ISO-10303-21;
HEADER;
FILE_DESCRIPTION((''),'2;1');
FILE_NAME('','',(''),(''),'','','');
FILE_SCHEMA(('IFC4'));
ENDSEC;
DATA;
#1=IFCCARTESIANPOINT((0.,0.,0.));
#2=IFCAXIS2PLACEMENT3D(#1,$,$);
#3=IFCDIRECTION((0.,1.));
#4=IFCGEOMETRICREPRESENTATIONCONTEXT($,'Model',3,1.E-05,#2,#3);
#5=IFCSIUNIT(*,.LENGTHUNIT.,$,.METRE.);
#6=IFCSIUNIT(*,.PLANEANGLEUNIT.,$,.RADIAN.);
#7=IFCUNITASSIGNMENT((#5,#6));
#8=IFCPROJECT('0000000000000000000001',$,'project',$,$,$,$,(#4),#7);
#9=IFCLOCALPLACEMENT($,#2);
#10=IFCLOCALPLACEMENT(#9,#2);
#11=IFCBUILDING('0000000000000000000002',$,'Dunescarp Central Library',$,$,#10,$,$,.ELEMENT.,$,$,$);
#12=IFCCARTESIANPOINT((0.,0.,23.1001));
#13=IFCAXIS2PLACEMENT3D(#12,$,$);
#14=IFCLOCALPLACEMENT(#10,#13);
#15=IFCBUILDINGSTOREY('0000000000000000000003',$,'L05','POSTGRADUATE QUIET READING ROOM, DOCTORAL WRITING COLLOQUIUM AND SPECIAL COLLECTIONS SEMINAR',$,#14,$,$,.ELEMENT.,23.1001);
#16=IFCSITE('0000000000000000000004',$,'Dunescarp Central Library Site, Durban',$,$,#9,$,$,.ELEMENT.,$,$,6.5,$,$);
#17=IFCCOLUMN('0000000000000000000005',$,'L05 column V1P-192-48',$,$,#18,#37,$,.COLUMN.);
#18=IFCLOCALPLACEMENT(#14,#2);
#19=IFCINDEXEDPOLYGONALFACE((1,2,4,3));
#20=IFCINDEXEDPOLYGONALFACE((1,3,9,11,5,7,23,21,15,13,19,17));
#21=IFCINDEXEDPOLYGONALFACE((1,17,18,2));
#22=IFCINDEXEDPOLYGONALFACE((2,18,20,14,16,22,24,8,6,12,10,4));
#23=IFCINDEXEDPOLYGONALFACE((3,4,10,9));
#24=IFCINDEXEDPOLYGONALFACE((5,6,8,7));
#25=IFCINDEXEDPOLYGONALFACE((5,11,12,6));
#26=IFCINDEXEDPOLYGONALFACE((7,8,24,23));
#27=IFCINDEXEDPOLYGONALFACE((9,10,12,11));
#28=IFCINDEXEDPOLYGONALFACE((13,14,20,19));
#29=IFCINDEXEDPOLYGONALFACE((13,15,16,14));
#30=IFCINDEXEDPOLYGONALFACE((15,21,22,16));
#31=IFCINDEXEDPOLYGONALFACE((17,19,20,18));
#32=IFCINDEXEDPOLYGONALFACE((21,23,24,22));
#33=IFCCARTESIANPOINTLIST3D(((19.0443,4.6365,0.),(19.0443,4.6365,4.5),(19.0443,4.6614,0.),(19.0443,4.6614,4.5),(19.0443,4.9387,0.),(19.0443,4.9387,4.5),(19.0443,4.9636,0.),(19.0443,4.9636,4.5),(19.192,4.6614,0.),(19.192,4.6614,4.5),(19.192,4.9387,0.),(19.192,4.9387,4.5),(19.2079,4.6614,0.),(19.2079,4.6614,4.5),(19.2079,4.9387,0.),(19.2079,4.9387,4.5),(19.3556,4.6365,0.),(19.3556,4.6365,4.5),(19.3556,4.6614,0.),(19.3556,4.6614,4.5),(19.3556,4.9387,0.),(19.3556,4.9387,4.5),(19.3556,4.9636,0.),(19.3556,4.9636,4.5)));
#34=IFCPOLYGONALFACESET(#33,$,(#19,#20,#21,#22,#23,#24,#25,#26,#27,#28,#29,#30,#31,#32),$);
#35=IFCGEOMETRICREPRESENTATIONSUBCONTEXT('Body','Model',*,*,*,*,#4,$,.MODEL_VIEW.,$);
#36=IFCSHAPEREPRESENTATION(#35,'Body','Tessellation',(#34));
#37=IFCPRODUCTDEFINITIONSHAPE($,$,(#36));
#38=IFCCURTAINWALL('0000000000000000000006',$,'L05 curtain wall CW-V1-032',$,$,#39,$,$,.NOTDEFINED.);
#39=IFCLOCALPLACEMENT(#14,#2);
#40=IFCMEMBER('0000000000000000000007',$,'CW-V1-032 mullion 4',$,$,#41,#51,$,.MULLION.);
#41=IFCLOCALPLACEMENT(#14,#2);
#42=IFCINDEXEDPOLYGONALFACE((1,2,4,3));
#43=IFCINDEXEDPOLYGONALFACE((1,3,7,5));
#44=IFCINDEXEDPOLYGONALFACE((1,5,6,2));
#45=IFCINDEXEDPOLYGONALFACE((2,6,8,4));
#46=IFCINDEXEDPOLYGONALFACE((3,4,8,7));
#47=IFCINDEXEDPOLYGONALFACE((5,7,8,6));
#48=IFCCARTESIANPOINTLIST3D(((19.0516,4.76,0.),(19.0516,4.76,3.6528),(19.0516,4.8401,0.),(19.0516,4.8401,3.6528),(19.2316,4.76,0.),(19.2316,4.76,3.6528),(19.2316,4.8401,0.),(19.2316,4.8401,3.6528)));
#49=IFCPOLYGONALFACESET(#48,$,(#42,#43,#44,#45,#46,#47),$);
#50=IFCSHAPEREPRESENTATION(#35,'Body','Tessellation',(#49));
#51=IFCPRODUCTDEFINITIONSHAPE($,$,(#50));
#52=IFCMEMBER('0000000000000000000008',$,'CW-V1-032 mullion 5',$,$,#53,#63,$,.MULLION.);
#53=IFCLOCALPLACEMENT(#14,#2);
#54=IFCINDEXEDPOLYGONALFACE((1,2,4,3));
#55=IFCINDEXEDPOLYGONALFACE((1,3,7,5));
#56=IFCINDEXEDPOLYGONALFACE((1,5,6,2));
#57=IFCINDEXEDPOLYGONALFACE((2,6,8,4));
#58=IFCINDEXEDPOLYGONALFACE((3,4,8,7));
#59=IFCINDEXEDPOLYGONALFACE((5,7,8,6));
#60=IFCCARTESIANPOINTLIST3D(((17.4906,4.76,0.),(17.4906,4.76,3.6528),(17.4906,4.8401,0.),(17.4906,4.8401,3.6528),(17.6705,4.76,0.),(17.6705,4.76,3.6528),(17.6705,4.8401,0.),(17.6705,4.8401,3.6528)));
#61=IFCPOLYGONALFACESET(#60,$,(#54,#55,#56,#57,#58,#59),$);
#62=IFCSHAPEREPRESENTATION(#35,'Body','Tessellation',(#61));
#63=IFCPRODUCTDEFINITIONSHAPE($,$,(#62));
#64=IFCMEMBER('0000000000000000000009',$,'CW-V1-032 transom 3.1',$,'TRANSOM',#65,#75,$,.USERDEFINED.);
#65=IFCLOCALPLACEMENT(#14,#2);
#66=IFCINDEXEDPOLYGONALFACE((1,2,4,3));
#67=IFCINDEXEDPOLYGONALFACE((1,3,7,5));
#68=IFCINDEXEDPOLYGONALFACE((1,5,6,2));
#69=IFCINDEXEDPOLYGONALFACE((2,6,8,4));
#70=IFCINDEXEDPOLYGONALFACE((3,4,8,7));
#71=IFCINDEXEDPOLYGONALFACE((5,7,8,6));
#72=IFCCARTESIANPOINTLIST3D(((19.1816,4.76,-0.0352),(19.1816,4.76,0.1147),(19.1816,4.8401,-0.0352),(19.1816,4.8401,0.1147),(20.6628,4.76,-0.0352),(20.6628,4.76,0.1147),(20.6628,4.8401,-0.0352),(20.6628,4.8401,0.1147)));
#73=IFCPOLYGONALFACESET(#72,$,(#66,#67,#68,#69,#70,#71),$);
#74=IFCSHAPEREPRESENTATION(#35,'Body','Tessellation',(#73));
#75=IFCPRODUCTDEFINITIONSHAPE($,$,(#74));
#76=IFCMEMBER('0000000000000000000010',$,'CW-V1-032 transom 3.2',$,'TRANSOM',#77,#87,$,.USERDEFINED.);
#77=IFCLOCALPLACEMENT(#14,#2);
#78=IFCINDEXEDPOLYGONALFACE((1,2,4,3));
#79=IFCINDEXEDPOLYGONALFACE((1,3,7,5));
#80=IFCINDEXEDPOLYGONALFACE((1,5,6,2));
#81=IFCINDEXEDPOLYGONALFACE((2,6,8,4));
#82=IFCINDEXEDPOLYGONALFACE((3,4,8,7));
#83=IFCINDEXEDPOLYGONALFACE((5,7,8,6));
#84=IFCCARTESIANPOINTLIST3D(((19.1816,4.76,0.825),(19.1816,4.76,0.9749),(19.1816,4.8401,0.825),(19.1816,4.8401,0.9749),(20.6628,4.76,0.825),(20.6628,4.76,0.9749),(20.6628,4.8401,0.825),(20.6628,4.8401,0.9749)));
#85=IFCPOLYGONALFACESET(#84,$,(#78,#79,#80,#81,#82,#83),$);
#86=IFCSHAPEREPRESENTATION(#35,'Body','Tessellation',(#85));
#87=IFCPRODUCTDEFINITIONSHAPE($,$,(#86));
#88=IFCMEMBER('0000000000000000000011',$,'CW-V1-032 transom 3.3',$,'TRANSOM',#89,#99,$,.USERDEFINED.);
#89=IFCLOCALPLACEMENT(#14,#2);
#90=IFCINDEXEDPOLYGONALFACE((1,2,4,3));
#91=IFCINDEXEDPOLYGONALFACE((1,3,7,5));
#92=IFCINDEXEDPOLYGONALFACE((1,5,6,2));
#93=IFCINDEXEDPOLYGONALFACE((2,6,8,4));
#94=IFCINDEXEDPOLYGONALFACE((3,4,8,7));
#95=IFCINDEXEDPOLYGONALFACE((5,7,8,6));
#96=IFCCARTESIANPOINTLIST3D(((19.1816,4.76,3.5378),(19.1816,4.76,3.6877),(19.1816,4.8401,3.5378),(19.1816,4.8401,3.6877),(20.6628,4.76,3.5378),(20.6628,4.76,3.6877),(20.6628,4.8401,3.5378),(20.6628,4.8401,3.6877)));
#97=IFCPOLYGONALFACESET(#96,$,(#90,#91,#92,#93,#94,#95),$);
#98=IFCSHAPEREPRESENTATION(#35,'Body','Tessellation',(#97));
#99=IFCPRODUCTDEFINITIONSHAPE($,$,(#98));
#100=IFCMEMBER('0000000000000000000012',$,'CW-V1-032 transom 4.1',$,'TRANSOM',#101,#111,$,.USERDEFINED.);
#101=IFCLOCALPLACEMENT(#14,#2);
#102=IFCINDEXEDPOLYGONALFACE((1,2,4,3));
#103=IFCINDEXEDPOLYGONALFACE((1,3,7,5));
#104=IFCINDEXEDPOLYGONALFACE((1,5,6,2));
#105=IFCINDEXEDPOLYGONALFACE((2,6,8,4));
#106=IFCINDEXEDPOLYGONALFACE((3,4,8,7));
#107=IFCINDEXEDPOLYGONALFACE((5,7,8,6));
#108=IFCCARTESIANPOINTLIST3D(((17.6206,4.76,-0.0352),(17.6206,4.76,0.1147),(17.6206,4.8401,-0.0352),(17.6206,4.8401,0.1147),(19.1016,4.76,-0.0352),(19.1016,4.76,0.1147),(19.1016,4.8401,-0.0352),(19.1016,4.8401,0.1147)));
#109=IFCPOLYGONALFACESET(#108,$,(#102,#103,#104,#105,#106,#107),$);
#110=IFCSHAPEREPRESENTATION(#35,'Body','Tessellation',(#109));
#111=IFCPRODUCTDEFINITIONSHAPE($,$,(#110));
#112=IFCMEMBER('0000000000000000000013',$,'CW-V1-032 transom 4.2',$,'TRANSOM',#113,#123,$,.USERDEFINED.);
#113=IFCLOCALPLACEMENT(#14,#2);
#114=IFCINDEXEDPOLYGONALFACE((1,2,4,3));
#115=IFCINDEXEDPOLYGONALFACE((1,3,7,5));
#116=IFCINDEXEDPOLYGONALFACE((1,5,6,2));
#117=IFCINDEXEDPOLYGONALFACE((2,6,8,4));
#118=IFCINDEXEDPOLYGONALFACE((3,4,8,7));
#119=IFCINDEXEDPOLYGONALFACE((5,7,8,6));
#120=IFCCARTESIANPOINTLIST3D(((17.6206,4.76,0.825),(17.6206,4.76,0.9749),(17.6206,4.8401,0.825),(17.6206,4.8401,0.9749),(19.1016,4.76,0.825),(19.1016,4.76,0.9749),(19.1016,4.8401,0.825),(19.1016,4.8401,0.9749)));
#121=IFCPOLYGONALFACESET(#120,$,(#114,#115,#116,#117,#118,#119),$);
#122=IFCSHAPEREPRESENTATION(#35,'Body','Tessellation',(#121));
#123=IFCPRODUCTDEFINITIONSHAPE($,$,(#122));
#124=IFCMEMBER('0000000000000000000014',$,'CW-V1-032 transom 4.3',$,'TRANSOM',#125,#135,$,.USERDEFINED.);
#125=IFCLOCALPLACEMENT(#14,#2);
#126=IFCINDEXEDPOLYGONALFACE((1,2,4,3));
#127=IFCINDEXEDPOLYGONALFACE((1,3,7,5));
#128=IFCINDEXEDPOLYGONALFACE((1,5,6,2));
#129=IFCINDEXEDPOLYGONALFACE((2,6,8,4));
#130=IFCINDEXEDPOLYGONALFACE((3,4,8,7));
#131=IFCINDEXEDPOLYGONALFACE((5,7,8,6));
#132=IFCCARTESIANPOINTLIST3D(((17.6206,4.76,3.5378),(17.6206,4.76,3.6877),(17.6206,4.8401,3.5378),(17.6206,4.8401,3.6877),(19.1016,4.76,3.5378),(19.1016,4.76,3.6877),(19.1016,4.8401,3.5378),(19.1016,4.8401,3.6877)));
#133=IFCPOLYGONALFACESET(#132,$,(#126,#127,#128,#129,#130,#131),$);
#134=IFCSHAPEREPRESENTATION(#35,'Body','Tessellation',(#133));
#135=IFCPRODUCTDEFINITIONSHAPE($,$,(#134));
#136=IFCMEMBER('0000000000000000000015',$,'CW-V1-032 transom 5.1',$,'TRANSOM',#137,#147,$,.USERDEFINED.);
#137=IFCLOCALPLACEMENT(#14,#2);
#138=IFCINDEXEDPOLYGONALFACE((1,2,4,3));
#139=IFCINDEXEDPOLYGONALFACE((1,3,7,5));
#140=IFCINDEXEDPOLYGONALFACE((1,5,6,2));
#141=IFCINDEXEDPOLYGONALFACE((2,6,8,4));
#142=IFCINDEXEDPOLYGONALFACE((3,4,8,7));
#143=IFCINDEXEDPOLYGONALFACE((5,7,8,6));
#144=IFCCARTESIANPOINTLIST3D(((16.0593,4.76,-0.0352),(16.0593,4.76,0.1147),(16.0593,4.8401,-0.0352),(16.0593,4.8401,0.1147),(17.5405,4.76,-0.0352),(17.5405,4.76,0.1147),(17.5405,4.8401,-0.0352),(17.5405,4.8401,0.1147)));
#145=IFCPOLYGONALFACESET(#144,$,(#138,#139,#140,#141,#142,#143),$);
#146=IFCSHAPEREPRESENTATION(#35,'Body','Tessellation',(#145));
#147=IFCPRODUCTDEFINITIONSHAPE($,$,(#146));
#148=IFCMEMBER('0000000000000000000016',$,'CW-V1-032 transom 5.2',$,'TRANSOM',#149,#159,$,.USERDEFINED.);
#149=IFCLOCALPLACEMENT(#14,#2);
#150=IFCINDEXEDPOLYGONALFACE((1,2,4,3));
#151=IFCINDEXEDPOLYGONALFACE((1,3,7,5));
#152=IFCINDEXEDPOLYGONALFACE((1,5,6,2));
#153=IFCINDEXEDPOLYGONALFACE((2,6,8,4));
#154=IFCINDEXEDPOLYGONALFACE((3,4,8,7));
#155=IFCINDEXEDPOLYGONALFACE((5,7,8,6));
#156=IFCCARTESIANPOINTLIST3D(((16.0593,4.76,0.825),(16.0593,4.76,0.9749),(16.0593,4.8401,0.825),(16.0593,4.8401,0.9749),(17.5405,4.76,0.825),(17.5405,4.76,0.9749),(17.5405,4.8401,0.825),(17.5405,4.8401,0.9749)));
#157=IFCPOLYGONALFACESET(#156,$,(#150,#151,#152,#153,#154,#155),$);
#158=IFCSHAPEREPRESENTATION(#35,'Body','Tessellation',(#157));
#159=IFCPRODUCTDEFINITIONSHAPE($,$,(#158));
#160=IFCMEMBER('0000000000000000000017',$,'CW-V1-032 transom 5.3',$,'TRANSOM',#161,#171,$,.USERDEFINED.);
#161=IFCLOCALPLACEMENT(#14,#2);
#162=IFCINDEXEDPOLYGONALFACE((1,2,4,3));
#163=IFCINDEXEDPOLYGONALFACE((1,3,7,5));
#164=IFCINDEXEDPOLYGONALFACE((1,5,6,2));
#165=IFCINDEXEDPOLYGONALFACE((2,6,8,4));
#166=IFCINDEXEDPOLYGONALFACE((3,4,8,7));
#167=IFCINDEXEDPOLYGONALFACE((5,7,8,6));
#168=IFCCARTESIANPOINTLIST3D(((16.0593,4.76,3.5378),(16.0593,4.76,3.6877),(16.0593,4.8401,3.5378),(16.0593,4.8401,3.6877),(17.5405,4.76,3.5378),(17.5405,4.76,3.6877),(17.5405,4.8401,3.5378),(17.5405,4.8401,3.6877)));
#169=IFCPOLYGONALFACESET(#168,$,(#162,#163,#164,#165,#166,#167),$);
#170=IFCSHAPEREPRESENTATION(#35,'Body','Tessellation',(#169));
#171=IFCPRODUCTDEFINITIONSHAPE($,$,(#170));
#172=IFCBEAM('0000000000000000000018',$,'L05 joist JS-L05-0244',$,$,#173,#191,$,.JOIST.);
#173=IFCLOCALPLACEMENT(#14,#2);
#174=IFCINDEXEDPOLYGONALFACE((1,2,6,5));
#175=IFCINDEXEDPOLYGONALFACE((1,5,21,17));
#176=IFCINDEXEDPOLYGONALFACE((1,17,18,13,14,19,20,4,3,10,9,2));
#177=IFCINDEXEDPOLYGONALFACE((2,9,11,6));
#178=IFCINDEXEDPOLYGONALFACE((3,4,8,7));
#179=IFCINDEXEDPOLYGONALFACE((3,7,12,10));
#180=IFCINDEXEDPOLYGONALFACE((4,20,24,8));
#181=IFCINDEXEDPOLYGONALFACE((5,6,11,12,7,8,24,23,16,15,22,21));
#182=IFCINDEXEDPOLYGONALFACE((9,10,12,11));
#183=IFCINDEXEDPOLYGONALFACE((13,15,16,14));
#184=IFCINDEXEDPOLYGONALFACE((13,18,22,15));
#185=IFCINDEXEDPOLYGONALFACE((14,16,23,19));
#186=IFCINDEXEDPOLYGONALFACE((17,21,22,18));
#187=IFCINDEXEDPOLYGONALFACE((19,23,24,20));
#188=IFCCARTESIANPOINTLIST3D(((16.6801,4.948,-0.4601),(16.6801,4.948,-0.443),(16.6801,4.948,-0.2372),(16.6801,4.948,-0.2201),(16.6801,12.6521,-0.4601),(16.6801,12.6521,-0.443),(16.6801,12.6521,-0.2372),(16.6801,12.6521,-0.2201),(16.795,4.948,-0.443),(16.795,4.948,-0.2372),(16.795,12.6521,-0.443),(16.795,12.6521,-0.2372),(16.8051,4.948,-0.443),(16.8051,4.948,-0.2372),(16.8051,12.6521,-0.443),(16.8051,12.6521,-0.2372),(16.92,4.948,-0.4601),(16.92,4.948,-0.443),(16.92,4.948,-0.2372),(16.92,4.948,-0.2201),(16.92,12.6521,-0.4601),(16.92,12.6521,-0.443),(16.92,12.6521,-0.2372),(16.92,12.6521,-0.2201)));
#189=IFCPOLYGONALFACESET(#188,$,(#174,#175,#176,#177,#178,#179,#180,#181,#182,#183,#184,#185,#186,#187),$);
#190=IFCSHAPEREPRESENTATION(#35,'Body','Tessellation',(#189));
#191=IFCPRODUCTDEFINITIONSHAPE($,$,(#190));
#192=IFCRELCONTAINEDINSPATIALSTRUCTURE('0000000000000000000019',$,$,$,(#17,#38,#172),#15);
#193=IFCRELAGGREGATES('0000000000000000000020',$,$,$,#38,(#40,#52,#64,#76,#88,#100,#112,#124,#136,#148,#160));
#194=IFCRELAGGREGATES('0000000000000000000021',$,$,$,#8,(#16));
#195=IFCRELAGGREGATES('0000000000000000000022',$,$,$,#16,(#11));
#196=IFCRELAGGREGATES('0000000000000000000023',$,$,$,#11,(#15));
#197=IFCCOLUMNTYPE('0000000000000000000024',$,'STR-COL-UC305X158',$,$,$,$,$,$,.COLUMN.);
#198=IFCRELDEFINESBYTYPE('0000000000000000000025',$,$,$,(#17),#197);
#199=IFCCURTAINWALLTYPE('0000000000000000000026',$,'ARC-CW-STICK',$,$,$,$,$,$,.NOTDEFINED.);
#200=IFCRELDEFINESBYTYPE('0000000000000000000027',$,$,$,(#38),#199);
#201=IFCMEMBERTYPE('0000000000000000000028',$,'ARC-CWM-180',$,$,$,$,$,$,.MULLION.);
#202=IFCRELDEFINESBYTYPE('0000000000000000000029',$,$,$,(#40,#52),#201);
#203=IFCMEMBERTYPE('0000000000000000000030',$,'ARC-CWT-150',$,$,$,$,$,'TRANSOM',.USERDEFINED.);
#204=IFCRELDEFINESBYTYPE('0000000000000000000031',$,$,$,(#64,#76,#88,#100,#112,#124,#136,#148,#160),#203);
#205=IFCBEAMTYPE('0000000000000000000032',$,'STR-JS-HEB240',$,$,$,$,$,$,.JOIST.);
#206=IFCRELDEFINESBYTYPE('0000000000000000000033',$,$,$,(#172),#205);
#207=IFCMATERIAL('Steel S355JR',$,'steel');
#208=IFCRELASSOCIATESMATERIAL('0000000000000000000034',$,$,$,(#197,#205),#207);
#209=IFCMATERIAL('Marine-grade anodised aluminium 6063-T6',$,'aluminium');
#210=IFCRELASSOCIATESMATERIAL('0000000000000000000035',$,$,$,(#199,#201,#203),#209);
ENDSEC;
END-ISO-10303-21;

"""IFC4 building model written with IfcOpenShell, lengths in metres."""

from ifc_helpers import new_model, si_unit, direction, frame, origin, origin_2d, place, context, subcontext, project, spatial, rectangle, i_section, extrude, material, material_profile, profile_set, type_object, element, aggregate, save


model = new_model("IFC4")

# Units and contexts
model_context = context("Model", 3, precision=1e-05, world=origin(), true_north=direction((0.0, 1.0)))
body_context = subcontext(model_context, "Body", "Model", "MODEL_VIEW")
ifc_project = project(units=[si_unit("LENGTHUNIT", "METRE"), si_unit("PLANEANGLEUNIT", "RADIAN")], contexts=[model_context])

# Site, building, storey
site_placement = place(None, origin())
site = spatial("IfcSite", under=ifc_project, at=site_placement, Name="Dunescarp Central Library Site, Durban", CompositionType="ELEMENT", RefElevation=6.5)
building_placement = place(site_placement, origin())
building = spatial("IfcBuilding", under=site, at=building_placement, Name="Dunescarp Central Library", CompositionType="ELEMENT")
storey_placement = place(building_placement, frame((0.0, 0.0, 23.1001)))
storey = spatial("IfcBuildingStorey", under=building, at=storey_placement, Name="L05", Description="POSTGRADUATE QUIET READING ROOM, DOCTORAL WRITING COLLOQUIUM AND SPECIAL COLLECTIONS SEMINAR", CompositionType="ELEMENT", Elevation=23.1001)

# Column
ifc_material_1 = material(Name="Steel S355JR", Category="steel")
ifc_material_profile_1 = material_profile(ifc_material_1, i_section(OverallWidth=0.3113, OverallDepth=0.3271, WebThickness=0.0159, FlangeThickness=0.0249, at=origin_2d()), Name="UC 305x305x158")
ifc_profile_set_1 = profile_set([ifc_material_profile_1], Name="Steel S355JR")
column_type = type_object("IfcColumnType", Name="STR-COL-UC305X158", PredefinedType="COLUMN", material=ifc_profile_set_1)
column_placement = place(storey_placement, frame((19.2, 4.8, 0.0), z_axis=(0.0, 0.0, 1.0), x_axis=(1.0, 0.0, 0.0)))
element("IfcColumn", 1, at=column_placement, inside=storey, type_object=column_type, Name="L05 column V1P-192-48", PredefinedType="COLUMN", context=body_context, shape_type="SweptSolid", body=[
    extrude(i_section(OverallWidth=0.3113, OverallDepth=0.3271, WebThickness=0.0159, FlangeThickness=0.0249, at=origin_2d()), origin(), (0.0, 0.0, 1.0), 4.5),
])

# Curtain wall, members
ifc_material_2 = material(Name="Marine-grade anodised aluminium 6063-T6", Category="aluminium")
curtain_wall_type = type_object("IfcCurtainWallType", Name="ARC-CW-STICK", PredefinedType="NOTDEFINED", material=ifc_material_2)
curtain_wall_placement = place(storey_placement, origin())
curtain_wall = element("IfcCurtainWall", 2, at=curtain_wall_placement, inside=storey, type_object=curtain_wall_type, Name="L05 curtain wall CW-V1-032", PredefinedType="NOTDEFINED")
ifc_material_profile_2 = material_profile(ifc_material_2, rectangle(XDim=0.0801, YDim=0.1799, at=origin_2d()), Name="AL 80x180")
ifc_profile_set_2 = profile_set([ifc_material_profile_2], Name="Marine-grade anodised aluminium 6063-T6")
member_type_1 = type_object("IfcMemberType", Name="ARC-CWM-180", PredefinedType="MULLION", material=ifc_profile_set_2)
member_1_placement = place(storey_placement, frame((19.1416, 4.8, 0.0), z_axis=(0.0, 0.0, 1.0), x_axis=(0.0, -1.0, 0.0)))
member_1 = element("IfcMember", 3, at=member_1_placement, type_object=member_type_1, Name="CW-V1-032 mullion 4", PredefinedType="MULLION", context=body_context, shape_type="SweptSolid", body=[
    extrude(rectangle(XDim=0.0801, YDim=0.1799, at=origin_2d()), origin(), (0.0, 0.0, 1.0), 3.6528),
])
member_2_placement = place(storey_placement, frame((17.5806, 4.8, 0.0), z_axis=(0.0, 0.0, 1.0), x_axis=(0.0, -1.0, 0.0)))
member_2 = element("IfcMember", 4, at=member_2_placement, type_object=member_type_1, Name="CW-V1-032 mullion 5", PredefinedType="MULLION", context=body_context, shape_type="SweptSolid", body=[
    extrude(rectangle(XDim=0.0801, YDim=0.1799, at=origin_2d()), origin(), (0.0, 0.0, 1.0), 3.6528),
])
ifc_material_profile_3 = material_profile(ifc_material_2, rectangle(XDim=0.0801, YDim=0.1499, at=origin_2d()), Name="AL 80x150")
ifc_profile_set_3 = profile_set([ifc_material_profile_3], Name="Marine-grade anodised aluminium 6063-T6")
member_type_2 = type_object("IfcMemberType", Name="ARC-CWT-150", ElementType="TRANSOM", PredefinedType="USERDEFINED", material=ifc_profile_set_3)
member_3_placement = place(storey_placement, frame((20.6628, 4.8, 0.0398), z_axis=(-1.0, 0.0, 0.0), x_axis=(0.0, -1.0, 0.0)))
member_3 = element("IfcMember", 5, at=member_3_placement, type_object=member_type_2, Name="CW-V1-032 transom 3.1", ObjectType="TRANSOM", PredefinedType="USERDEFINED", context=body_context, shape_type="SweptSolid", body=[
    extrude(rectangle(XDim=0.0801, YDim=0.1499, at=origin_2d()), origin(), (0.0, 0.0, 1.0), 1.4812),
])
member_4_placement = place(storey_placement, frame((20.6628, 4.8, 0.8999), z_axis=(-1.0, 0.0, 0.0), x_axis=(0.0, -1.0, 0.0)))
member_4 = element("IfcMember", 6, at=member_4_placement, type_object=member_type_2, Name="CW-V1-032 transom 3.2", ObjectType="TRANSOM", PredefinedType="USERDEFINED", context=body_context, shape_type="SweptSolid", body=[
    extrude(rectangle(XDim=0.0801, YDim=0.1499, at=origin_2d()), origin(), (0.0, 0.0, 1.0), 1.4812),
])
member_5_placement = place(storey_placement, frame((20.6628, 4.8, 3.6128), z_axis=(-1.0, 0.0, 0.0), x_axis=(0.0, -1.0, 0.0)))
member_5 = element("IfcMember", 7, at=member_5_placement, type_object=member_type_2, Name="CW-V1-032 transom 3.3", ObjectType="TRANSOM", PredefinedType="USERDEFINED", context=body_context, shape_type="SweptSolid", body=[
    extrude(rectangle(XDim=0.0801, YDim=0.1499, at=origin_2d()), origin(), (0.0, 0.0, 1.0), 1.4812),
])
member_6_placement = place(storey_placement, frame((19.1016, 4.8, 0.0398), z_axis=(-1.0, 0.0, 0.0), x_axis=(0.0, -1.0, 0.0)))
member_6 = element("IfcMember", 8, at=member_6_placement, type_object=member_type_2, Name="CW-V1-032 transom 4.1", ObjectType="TRANSOM", PredefinedType="USERDEFINED", context=body_context, shape_type="SweptSolid", body=[
    extrude(rectangle(XDim=0.0801, YDim=0.1499, at=origin_2d()), origin(), (0.0, 0.0, 1.0), 1.481),
])
member_7_placement = place(storey_placement, frame((19.1016, 4.8, 0.8999), z_axis=(-1.0, 0.0, 0.0), x_axis=(0.0, -1.0, 0.0)))
member_7 = element("IfcMember", 9, at=member_7_placement, type_object=member_type_2, Name="CW-V1-032 transom 4.2", ObjectType="TRANSOM", PredefinedType="USERDEFINED", context=body_context, shape_type="SweptSolid", body=[
    extrude(rectangle(XDim=0.0801, YDim=0.1499, at=origin_2d()), origin(), (0.0, 0.0, 1.0), 1.481),
])
member_8_placement = place(storey_placement, frame((19.1016, 4.8, 3.6128), z_axis=(-1.0, 0.0, 0.0), x_axis=(0.0, -1.0, 0.0)))
member_8 = element("IfcMember", 10, at=member_8_placement, type_object=member_type_2, Name="CW-V1-032 transom 4.3", ObjectType="TRANSOM", PredefinedType="USERDEFINED", context=body_context, shape_type="SweptSolid", body=[
    extrude(rectangle(XDim=0.0801, YDim=0.1499, at=origin_2d()), origin(), (0.0, 0.0, 1.0), 1.481),
])
member_9_placement = place(storey_placement, frame((17.5405, 4.8, 0.0398), z_axis=(-1.0, 0.0, 0.0), x_axis=(0.0, -1.0, 0.0)))
member_9 = element("IfcMember", 11, at=member_9_placement, type_object=member_type_2, Name="CW-V1-032 transom 5.1", ObjectType="TRANSOM", PredefinedType="USERDEFINED", context=body_context, shape_type="SweptSolid", body=[
    extrude(rectangle(XDim=0.0801, YDim=0.1499, at=origin_2d()), origin(), (0.0, 0.0, 1.0), 1.4812),
])
member_10_placement = place(storey_placement, frame((17.5405, 4.8, 0.8999), z_axis=(-1.0, 0.0, 0.0), x_axis=(0.0, -1.0, 0.0)))
member_10 = element("IfcMember", 12, at=member_10_placement, type_object=member_type_2, Name="CW-V1-032 transom 5.2", ObjectType="TRANSOM", PredefinedType="USERDEFINED", context=body_context, shape_type="SweptSolid", body=[
    extrude(rectangle(XDim=0.0801, YDim=0.1499, at=origin_2d()), origin(), (0.0, 0.0, 1.0), 1.4812),
])
member_11_placement = place(storey_placement, frame((17.5405, 4.8, 3.6128), z_axis=(-1.0, 0.0, 0.0), x_axis=(0.0, -1.0, 0.0)))
member_11 = element("IfcMember", 13, at=member_11_placement, type_object=member_type_2, Name="CW-V1-032 transom 5.3", ObjectType="TRANSOM", PredefinedType="USERDEFINED", context=body_context, shape_type="SweptSolid", body=[
    extrude(rectangle(XDim=0.0801, YDim=0.1499, at=origin_2d()), origin(), (0.0, 0.0, 1.0), 1.4812),
])

# Beam
ifc_material_profile_4 = material_profile(ifc_material_1, i_section(OverallWidth=0.24, OverallDepth=0.24, WebThickness=0.01, FlangeThickness=0.0171, at=origin_2d()), Name="HEB 240")
ifc_profile_set_4 = profile_set([ifc_material_profile_4], Name="Steel S355JR")
beam_type = type_object("IfcBeamType", Name="STR-JS-HEB240", PredefinedType="JOIST", material=ifc_profile_set_4)
for number, where, z_axis, x_axis, name in (
    (14, (16.8, 4.948, -0.3401), (0.0, 1.0, 0.0), (-1.0, 0.0, 0.0), "L05 joist JS-L05-0244"),
):
    element("IfcBeam", number, at=place(storey_placement, frame(where, z_axis=z_axis, x_axis=x_axis)), inside=storey, type_object=beam_type, Name=name, PredefinedType="JOIST", context=body_context, shape_type="SweptSolid", body=[
        extrude(i_section(OverallWidth=0.24, OverallDepth=0.24, WebThickness=0.01, FlangeThickness=0.0171, at=origin_2d()), origin(), (0.0, 0.0, 1.0), 7.7041),
    ])

aggregate(curtain_wall, [member_1, member_2, member_3, member_4, member_5, member_6, member_7, member_8, member_9, member_10, member_11])

save(model, "model.ifc")
